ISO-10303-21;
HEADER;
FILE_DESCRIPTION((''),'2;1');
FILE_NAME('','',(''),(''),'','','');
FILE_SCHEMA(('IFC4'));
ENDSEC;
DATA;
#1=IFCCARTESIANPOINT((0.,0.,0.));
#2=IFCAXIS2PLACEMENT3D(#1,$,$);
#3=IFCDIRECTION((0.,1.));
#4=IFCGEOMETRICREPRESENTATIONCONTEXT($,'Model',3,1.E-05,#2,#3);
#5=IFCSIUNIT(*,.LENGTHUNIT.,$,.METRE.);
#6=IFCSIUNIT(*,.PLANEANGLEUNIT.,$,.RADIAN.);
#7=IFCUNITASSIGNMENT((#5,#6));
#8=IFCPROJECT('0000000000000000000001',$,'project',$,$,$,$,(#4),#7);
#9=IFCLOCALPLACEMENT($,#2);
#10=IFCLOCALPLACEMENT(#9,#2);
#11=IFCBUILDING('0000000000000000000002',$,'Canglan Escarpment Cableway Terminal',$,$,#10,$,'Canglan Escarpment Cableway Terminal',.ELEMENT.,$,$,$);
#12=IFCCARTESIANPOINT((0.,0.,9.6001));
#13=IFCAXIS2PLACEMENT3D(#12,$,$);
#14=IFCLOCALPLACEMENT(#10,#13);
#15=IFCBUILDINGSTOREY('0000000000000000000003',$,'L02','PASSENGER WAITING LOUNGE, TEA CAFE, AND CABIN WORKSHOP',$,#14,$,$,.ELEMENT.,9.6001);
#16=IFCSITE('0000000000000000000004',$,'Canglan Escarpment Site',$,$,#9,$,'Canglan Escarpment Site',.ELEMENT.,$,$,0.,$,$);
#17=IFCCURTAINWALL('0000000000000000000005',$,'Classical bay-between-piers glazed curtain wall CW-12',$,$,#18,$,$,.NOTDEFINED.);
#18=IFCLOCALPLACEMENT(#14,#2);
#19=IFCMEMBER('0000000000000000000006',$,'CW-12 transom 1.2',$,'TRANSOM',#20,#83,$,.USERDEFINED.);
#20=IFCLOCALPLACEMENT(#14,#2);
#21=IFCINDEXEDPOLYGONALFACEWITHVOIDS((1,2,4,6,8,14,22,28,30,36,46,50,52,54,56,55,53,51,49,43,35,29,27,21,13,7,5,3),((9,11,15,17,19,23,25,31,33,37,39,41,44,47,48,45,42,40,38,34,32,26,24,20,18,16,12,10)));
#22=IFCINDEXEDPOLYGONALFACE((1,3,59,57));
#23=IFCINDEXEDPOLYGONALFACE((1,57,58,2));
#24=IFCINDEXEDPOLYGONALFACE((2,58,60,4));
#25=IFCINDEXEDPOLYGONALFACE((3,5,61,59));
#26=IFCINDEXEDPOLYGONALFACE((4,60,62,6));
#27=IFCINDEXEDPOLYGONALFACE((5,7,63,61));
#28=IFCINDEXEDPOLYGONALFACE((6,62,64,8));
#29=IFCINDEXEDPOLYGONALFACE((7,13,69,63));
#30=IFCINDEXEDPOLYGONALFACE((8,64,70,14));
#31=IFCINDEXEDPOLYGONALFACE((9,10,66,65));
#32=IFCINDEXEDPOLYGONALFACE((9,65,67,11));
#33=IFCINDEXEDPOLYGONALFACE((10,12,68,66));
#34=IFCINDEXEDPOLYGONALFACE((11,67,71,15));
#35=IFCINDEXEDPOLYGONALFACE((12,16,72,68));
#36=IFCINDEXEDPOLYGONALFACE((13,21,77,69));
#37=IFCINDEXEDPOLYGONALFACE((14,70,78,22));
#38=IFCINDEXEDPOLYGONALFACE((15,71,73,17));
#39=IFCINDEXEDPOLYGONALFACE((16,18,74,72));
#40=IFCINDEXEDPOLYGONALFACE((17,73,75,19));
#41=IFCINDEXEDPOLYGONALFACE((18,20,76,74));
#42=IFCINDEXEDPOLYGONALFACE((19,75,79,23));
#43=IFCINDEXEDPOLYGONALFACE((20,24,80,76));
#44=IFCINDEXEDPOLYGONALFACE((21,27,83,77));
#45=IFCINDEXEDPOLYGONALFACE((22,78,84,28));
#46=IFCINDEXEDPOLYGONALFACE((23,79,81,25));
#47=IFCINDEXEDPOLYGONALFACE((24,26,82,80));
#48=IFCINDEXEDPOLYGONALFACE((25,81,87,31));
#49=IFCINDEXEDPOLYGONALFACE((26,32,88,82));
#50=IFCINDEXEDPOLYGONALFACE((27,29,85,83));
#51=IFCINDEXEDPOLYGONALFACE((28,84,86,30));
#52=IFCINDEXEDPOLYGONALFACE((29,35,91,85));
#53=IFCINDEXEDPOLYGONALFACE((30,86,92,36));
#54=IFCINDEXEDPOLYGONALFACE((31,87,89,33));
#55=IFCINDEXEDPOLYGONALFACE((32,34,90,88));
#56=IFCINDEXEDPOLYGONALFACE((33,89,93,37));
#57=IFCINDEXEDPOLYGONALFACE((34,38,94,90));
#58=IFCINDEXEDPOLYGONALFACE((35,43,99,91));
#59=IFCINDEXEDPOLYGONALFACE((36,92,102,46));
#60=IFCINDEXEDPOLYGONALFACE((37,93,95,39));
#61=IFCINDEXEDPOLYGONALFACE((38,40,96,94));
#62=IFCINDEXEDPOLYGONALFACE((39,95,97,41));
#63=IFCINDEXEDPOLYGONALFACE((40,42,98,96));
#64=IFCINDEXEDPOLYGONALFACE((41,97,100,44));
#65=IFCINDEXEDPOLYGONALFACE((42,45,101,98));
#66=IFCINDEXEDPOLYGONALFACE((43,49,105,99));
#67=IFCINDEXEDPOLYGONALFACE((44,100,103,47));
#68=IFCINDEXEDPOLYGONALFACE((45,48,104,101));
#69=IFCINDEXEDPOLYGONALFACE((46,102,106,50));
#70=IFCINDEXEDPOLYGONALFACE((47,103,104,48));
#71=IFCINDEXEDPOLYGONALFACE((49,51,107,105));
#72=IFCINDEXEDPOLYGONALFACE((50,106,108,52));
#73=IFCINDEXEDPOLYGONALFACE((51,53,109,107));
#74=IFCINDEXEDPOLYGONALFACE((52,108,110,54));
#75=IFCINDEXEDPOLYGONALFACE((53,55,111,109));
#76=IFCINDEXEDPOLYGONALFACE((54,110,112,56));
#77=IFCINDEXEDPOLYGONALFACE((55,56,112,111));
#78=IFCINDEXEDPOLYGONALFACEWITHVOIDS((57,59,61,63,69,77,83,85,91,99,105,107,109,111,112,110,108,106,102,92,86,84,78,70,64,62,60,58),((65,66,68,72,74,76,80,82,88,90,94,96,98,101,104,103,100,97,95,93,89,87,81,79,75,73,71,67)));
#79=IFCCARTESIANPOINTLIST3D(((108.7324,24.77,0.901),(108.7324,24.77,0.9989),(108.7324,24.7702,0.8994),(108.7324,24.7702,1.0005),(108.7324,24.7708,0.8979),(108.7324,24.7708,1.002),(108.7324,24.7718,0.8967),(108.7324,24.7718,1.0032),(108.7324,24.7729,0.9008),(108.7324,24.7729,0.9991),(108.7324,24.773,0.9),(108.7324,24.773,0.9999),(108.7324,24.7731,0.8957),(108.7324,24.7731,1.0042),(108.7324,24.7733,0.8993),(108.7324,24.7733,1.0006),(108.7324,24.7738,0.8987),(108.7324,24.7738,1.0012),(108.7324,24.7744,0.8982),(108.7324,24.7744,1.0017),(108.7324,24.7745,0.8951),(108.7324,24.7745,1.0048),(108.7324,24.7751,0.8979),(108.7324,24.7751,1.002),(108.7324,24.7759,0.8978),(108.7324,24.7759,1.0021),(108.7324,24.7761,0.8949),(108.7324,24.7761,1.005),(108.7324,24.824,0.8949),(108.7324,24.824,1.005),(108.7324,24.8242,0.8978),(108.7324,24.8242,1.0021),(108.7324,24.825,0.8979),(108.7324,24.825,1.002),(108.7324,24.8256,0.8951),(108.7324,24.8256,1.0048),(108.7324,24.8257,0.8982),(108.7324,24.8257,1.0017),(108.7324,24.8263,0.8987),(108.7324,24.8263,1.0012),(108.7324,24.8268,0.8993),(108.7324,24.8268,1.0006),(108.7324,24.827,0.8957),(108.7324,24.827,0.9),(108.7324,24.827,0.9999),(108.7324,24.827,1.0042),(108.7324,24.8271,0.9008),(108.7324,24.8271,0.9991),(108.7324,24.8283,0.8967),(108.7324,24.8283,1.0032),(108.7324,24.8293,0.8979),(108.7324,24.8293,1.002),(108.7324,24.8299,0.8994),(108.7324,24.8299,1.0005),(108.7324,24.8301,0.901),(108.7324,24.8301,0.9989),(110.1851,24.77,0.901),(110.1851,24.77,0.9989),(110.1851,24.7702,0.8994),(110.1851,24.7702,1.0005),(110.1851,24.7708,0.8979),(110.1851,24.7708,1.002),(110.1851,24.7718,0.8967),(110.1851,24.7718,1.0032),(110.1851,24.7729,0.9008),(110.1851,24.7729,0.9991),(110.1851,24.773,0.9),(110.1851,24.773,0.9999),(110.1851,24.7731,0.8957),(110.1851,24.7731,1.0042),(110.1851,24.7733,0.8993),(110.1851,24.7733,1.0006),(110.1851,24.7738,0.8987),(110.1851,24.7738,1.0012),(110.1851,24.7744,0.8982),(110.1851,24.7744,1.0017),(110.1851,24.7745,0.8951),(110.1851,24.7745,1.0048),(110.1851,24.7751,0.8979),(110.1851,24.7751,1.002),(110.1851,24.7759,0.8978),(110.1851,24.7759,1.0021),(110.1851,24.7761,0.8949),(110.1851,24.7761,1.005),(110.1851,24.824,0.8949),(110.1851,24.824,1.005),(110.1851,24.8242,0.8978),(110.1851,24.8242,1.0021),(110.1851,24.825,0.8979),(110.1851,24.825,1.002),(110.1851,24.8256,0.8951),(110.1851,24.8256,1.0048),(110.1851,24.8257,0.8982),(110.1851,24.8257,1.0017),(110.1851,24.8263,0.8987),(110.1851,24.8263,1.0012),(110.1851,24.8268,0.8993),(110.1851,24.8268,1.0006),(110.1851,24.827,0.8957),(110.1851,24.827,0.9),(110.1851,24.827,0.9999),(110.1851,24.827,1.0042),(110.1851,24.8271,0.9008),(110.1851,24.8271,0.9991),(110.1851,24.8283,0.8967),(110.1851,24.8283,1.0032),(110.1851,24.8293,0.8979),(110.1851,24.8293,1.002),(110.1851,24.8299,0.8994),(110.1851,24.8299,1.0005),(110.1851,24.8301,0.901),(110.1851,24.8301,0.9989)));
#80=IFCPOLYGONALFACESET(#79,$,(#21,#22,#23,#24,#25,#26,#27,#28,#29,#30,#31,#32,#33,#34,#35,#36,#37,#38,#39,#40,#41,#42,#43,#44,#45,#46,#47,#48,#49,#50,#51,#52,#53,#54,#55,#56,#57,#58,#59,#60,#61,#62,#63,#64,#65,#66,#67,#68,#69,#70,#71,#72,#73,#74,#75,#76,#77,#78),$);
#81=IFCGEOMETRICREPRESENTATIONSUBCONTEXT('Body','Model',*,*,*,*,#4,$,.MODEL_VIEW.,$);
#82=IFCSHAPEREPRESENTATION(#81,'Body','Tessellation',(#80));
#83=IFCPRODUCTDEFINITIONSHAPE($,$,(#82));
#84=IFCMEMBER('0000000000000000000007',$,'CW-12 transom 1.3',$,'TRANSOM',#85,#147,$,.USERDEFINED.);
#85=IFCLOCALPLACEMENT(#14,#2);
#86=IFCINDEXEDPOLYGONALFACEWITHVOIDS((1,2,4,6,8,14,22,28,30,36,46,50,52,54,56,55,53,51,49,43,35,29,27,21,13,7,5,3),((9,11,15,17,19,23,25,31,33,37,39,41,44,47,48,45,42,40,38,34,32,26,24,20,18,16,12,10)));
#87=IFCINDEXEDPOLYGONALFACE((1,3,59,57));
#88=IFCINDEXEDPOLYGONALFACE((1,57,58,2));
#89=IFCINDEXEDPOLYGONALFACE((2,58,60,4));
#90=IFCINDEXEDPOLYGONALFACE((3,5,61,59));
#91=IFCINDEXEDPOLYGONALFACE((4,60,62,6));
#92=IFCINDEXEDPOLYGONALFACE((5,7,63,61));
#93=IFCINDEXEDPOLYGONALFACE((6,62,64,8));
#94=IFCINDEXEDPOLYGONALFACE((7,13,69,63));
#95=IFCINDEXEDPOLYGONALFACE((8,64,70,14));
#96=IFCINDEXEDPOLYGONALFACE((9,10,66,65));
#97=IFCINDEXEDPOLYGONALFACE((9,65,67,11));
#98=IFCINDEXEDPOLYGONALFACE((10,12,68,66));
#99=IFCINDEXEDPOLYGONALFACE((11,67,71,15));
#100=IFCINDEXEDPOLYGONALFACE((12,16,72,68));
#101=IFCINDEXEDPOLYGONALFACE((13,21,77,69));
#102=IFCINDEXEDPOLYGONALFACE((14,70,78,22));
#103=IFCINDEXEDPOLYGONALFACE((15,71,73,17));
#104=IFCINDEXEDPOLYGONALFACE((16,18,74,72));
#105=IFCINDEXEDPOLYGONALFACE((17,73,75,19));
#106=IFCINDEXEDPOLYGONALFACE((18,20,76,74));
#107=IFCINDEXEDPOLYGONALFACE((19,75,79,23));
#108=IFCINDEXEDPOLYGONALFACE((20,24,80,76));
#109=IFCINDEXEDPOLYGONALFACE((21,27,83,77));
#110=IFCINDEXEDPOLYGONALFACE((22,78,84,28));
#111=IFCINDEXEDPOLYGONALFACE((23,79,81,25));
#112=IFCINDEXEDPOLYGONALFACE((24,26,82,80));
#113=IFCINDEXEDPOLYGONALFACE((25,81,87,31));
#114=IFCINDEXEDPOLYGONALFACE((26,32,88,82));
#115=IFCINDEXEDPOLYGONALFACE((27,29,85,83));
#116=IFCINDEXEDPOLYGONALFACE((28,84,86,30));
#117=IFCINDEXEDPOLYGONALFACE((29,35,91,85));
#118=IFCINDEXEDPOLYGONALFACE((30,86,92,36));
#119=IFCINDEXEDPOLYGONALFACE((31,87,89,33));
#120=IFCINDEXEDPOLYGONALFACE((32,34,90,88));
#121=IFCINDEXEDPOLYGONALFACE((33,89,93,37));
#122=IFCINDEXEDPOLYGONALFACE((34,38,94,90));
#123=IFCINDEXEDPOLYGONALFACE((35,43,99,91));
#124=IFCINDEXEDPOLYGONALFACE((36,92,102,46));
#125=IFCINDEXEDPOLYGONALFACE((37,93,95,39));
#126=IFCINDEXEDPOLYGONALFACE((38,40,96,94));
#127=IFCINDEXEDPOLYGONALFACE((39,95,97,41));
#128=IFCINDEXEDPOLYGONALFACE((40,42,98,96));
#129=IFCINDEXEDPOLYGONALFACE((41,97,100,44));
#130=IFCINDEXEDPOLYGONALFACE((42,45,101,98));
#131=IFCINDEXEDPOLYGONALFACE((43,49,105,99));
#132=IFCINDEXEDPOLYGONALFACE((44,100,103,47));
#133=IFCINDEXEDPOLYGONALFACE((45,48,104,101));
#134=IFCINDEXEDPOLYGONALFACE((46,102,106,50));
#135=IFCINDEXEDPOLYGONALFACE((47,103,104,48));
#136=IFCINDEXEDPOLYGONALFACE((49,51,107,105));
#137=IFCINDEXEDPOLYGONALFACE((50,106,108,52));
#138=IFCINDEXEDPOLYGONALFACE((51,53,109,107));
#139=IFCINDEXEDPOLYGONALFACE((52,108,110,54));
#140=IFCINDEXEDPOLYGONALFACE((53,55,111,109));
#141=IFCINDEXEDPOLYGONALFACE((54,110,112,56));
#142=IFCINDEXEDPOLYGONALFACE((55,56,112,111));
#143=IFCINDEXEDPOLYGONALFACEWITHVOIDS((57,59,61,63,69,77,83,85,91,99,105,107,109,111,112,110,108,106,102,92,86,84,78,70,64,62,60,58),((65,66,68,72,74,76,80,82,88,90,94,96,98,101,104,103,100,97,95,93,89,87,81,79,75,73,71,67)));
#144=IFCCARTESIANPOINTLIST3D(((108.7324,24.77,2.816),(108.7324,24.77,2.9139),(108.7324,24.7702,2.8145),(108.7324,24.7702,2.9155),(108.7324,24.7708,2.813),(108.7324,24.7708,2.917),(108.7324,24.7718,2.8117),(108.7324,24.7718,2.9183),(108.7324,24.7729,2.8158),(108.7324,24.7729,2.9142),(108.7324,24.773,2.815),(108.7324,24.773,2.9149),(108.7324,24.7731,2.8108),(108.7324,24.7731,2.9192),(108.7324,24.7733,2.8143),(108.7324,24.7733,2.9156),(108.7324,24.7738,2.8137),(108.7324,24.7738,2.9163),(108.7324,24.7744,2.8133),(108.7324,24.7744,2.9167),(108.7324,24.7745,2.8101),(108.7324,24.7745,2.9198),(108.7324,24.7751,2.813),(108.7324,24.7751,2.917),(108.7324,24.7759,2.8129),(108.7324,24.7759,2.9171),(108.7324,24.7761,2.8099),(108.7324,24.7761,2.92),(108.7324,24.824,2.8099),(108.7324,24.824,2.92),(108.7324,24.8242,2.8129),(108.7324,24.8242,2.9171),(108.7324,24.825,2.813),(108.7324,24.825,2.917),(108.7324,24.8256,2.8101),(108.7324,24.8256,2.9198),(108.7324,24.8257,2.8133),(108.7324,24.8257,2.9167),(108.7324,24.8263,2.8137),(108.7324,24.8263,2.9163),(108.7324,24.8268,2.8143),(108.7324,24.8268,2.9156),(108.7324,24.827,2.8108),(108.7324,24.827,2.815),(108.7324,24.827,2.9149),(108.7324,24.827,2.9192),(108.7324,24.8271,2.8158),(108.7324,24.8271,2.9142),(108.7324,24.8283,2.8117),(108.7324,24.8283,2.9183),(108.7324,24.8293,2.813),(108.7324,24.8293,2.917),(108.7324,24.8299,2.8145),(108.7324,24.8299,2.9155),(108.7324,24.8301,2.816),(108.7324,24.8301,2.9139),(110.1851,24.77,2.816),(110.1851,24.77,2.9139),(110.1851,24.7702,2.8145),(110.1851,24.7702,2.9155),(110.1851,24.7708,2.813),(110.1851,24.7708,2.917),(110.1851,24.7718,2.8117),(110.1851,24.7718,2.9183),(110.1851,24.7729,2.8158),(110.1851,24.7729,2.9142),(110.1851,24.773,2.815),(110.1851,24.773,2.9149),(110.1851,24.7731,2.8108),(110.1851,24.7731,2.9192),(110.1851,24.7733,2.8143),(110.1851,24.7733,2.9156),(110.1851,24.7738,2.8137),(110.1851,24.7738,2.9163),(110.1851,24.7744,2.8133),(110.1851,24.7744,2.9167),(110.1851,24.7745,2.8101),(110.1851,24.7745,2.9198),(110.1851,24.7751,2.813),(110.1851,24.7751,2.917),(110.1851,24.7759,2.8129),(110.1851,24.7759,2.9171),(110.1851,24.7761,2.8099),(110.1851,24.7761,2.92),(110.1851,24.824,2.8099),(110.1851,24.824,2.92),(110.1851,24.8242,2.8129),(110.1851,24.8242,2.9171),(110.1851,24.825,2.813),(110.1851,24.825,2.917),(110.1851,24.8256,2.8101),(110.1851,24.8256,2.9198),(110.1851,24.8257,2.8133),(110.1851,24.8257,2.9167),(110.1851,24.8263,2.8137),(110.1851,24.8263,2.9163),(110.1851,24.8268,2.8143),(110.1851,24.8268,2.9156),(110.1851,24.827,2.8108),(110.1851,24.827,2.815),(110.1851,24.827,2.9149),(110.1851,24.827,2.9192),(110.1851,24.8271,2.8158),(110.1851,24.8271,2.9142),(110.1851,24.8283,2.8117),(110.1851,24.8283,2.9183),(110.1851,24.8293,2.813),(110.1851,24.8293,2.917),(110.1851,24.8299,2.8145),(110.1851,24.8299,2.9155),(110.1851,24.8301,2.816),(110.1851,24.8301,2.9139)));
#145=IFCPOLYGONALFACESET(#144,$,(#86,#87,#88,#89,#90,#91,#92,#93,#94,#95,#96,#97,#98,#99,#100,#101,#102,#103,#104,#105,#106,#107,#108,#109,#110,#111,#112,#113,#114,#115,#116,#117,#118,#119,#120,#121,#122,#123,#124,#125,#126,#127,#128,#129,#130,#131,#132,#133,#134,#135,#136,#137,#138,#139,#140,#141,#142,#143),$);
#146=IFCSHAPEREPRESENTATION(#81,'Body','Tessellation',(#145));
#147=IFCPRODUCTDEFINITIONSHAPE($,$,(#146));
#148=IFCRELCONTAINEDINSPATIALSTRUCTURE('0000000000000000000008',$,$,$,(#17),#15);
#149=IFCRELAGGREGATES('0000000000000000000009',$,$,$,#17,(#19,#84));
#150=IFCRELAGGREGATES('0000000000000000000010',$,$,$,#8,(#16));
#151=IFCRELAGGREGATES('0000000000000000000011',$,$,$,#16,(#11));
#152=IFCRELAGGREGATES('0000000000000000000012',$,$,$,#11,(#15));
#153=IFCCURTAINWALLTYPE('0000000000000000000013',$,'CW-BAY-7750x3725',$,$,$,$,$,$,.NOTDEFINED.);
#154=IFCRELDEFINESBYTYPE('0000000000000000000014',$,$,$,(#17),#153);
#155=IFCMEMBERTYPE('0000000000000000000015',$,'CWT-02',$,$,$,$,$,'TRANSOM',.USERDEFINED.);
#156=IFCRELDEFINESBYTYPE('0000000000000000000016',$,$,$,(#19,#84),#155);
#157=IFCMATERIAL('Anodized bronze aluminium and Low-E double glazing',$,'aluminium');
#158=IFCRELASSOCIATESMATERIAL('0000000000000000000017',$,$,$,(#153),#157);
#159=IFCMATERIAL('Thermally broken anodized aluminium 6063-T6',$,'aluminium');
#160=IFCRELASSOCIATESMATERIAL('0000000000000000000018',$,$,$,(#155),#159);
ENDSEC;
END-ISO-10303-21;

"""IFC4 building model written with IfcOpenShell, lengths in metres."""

from ifc_helpers import new_model, si_unit, direction, frame, origin, origin_2d, place, context, subcontext, project, spatial, hollow_rectangle, extrude, material, material_profile, profile_set, type_object, element, aggregate, save


model = new_model("IFC4")

# Units and contexts
model_context = context("Model", 3, precision=1e-05, world=origin(), true_north=direction((0.0, 1.0)))
body_context = subcontext(model_context, "Body", "Model", "MODEL_VIEW")
ifc_project = project(units=[si_unit("LENGTHUNIT", "METRE"), si_unit("PLANEANGLEUNIT", "RADIAN")], contexts=[model_context])

# Site, building, storey
site_placement = place(None, origin())
site = spatial("IfcSite", under=ifc_project, at=site_placement, Name="Canglan Escarpment Site", LongName="Canglan Escarpment Site", CompositionType="ELEMENT", RefElevation=0.0)
building_placement = place(site_placement, origin())
building = spatial("IfcBuilding", under=site, at=building_placement, Name="Canglan Escarpment Cableway Terminal", LongName="Canglan Escarpment Cableway Terminal", CompositionType="ELEMENT")
storey_placement = place(building_placement, frame((0.0, 0.0, 9.6001)))
storey = spatial("IfcBuildingStorey", under=building, at=storey_placement, Name="L02", Description="PASSENGER WAITING LOUNGE, TEA CAFE, AND CABIN WORKSHOP", CompositionType="ELEMENT", Elevation=9.6001)

# Curtain wall, members
ifc_material_1 = material(Name="Anodized bronze aluminium and Low-E double glazing", Category="aluminium")
curtain_wall_type = type_object("IfcCurtainWallType", Name="CW-BAY-7750x3725", PredefinedType="NOTDEFINED", material=ifc_material_1)
curtain_wall_placement = place(storey_placement, origin())
curtain_wall = element("IfcCurtainWall", 1, at=curtain_wall_placement, inside=storey, type_object=curtain_wall_type, Name="Classical bay-between-piers glazed curtain wall CW-12", PredefinedType="NOTDEFINED")
ifc_material_2 = material(Name="Thermally broken anodized aluminium 6063-T6", Category="aluminium")
ifc_material_profile_1 = material_profile(ifc_material_2, hollow_rectangle(XDim=0.0601, YDim=0.1101, WallThickness=0.0029, InnerFilletRadius=0.0029, OuterFilletRadius=0.0061, at=origin_2d()), Name="ALU-TRAN 60x110x3")
ifc_profile_set_1 = profile_set([ifc_material_profile_1], Name="Thermally broken anodized aluminium 6063-T6")
member_type_1 = type_object("IfcMemberType", Name="CWT-02", ElementType="TRANSOM", PredefinedType="USERDEFINED", material=ifc_profile_set_1)
member_1_placement = place(storey_placement, frame((110.1851, 24.8, 0.95), z_axis=(-1.0, 0.0, 0.0), x_axis=(0.0, -1.0, 0.0)))
member_1 = element("IfcMember", 2, at=member_1_placement, type_object=member_type_1, Name="CW-12 transom 1.2", ObjectType="TRANSOM", PredefinedType="USERDEFINED", context=body_context, shape_type="SweptSolid", body=[
    extrude(hollow_rectangle(XDim=0.0601, YDim=0.1101, WallThickness=0.0029, InnerFilletRadius=0.0029, OuterFilletRadius=0.0061, at=origin_2d()), origin(), (0.0, 0.0, 1.0), 1.4526),
])
member_2_placement = place(storey_placement, frame((110.1851, 24.8, 2.865), z_axis=(-1.0, 0.0, 0.0), x_axis=(0.0, -1.0, 0.0)))
member_2 = element("IfcMember", 3, at=member_2_placement, type_object=member_type_1, Name="CW-12 transom 1.3", ObjectType="TRANSOM", PredefinedType="USERDEFINED", context=body_context, shape_type="SweptSolid", body=[
    extrude(hollow_rectangle(XDim=0.0601, YDim=0.1101, WallThickness=0.0029, InnerFilletRadius=0.0029, OuterFilletRadius=0.0061, at=origin_2d()), origin(), (0.0, 0.0, 1.0), 1.4526),
])
aggregate(curtain_wall, [member_1, member_2])

save(model, "model.ifc")
